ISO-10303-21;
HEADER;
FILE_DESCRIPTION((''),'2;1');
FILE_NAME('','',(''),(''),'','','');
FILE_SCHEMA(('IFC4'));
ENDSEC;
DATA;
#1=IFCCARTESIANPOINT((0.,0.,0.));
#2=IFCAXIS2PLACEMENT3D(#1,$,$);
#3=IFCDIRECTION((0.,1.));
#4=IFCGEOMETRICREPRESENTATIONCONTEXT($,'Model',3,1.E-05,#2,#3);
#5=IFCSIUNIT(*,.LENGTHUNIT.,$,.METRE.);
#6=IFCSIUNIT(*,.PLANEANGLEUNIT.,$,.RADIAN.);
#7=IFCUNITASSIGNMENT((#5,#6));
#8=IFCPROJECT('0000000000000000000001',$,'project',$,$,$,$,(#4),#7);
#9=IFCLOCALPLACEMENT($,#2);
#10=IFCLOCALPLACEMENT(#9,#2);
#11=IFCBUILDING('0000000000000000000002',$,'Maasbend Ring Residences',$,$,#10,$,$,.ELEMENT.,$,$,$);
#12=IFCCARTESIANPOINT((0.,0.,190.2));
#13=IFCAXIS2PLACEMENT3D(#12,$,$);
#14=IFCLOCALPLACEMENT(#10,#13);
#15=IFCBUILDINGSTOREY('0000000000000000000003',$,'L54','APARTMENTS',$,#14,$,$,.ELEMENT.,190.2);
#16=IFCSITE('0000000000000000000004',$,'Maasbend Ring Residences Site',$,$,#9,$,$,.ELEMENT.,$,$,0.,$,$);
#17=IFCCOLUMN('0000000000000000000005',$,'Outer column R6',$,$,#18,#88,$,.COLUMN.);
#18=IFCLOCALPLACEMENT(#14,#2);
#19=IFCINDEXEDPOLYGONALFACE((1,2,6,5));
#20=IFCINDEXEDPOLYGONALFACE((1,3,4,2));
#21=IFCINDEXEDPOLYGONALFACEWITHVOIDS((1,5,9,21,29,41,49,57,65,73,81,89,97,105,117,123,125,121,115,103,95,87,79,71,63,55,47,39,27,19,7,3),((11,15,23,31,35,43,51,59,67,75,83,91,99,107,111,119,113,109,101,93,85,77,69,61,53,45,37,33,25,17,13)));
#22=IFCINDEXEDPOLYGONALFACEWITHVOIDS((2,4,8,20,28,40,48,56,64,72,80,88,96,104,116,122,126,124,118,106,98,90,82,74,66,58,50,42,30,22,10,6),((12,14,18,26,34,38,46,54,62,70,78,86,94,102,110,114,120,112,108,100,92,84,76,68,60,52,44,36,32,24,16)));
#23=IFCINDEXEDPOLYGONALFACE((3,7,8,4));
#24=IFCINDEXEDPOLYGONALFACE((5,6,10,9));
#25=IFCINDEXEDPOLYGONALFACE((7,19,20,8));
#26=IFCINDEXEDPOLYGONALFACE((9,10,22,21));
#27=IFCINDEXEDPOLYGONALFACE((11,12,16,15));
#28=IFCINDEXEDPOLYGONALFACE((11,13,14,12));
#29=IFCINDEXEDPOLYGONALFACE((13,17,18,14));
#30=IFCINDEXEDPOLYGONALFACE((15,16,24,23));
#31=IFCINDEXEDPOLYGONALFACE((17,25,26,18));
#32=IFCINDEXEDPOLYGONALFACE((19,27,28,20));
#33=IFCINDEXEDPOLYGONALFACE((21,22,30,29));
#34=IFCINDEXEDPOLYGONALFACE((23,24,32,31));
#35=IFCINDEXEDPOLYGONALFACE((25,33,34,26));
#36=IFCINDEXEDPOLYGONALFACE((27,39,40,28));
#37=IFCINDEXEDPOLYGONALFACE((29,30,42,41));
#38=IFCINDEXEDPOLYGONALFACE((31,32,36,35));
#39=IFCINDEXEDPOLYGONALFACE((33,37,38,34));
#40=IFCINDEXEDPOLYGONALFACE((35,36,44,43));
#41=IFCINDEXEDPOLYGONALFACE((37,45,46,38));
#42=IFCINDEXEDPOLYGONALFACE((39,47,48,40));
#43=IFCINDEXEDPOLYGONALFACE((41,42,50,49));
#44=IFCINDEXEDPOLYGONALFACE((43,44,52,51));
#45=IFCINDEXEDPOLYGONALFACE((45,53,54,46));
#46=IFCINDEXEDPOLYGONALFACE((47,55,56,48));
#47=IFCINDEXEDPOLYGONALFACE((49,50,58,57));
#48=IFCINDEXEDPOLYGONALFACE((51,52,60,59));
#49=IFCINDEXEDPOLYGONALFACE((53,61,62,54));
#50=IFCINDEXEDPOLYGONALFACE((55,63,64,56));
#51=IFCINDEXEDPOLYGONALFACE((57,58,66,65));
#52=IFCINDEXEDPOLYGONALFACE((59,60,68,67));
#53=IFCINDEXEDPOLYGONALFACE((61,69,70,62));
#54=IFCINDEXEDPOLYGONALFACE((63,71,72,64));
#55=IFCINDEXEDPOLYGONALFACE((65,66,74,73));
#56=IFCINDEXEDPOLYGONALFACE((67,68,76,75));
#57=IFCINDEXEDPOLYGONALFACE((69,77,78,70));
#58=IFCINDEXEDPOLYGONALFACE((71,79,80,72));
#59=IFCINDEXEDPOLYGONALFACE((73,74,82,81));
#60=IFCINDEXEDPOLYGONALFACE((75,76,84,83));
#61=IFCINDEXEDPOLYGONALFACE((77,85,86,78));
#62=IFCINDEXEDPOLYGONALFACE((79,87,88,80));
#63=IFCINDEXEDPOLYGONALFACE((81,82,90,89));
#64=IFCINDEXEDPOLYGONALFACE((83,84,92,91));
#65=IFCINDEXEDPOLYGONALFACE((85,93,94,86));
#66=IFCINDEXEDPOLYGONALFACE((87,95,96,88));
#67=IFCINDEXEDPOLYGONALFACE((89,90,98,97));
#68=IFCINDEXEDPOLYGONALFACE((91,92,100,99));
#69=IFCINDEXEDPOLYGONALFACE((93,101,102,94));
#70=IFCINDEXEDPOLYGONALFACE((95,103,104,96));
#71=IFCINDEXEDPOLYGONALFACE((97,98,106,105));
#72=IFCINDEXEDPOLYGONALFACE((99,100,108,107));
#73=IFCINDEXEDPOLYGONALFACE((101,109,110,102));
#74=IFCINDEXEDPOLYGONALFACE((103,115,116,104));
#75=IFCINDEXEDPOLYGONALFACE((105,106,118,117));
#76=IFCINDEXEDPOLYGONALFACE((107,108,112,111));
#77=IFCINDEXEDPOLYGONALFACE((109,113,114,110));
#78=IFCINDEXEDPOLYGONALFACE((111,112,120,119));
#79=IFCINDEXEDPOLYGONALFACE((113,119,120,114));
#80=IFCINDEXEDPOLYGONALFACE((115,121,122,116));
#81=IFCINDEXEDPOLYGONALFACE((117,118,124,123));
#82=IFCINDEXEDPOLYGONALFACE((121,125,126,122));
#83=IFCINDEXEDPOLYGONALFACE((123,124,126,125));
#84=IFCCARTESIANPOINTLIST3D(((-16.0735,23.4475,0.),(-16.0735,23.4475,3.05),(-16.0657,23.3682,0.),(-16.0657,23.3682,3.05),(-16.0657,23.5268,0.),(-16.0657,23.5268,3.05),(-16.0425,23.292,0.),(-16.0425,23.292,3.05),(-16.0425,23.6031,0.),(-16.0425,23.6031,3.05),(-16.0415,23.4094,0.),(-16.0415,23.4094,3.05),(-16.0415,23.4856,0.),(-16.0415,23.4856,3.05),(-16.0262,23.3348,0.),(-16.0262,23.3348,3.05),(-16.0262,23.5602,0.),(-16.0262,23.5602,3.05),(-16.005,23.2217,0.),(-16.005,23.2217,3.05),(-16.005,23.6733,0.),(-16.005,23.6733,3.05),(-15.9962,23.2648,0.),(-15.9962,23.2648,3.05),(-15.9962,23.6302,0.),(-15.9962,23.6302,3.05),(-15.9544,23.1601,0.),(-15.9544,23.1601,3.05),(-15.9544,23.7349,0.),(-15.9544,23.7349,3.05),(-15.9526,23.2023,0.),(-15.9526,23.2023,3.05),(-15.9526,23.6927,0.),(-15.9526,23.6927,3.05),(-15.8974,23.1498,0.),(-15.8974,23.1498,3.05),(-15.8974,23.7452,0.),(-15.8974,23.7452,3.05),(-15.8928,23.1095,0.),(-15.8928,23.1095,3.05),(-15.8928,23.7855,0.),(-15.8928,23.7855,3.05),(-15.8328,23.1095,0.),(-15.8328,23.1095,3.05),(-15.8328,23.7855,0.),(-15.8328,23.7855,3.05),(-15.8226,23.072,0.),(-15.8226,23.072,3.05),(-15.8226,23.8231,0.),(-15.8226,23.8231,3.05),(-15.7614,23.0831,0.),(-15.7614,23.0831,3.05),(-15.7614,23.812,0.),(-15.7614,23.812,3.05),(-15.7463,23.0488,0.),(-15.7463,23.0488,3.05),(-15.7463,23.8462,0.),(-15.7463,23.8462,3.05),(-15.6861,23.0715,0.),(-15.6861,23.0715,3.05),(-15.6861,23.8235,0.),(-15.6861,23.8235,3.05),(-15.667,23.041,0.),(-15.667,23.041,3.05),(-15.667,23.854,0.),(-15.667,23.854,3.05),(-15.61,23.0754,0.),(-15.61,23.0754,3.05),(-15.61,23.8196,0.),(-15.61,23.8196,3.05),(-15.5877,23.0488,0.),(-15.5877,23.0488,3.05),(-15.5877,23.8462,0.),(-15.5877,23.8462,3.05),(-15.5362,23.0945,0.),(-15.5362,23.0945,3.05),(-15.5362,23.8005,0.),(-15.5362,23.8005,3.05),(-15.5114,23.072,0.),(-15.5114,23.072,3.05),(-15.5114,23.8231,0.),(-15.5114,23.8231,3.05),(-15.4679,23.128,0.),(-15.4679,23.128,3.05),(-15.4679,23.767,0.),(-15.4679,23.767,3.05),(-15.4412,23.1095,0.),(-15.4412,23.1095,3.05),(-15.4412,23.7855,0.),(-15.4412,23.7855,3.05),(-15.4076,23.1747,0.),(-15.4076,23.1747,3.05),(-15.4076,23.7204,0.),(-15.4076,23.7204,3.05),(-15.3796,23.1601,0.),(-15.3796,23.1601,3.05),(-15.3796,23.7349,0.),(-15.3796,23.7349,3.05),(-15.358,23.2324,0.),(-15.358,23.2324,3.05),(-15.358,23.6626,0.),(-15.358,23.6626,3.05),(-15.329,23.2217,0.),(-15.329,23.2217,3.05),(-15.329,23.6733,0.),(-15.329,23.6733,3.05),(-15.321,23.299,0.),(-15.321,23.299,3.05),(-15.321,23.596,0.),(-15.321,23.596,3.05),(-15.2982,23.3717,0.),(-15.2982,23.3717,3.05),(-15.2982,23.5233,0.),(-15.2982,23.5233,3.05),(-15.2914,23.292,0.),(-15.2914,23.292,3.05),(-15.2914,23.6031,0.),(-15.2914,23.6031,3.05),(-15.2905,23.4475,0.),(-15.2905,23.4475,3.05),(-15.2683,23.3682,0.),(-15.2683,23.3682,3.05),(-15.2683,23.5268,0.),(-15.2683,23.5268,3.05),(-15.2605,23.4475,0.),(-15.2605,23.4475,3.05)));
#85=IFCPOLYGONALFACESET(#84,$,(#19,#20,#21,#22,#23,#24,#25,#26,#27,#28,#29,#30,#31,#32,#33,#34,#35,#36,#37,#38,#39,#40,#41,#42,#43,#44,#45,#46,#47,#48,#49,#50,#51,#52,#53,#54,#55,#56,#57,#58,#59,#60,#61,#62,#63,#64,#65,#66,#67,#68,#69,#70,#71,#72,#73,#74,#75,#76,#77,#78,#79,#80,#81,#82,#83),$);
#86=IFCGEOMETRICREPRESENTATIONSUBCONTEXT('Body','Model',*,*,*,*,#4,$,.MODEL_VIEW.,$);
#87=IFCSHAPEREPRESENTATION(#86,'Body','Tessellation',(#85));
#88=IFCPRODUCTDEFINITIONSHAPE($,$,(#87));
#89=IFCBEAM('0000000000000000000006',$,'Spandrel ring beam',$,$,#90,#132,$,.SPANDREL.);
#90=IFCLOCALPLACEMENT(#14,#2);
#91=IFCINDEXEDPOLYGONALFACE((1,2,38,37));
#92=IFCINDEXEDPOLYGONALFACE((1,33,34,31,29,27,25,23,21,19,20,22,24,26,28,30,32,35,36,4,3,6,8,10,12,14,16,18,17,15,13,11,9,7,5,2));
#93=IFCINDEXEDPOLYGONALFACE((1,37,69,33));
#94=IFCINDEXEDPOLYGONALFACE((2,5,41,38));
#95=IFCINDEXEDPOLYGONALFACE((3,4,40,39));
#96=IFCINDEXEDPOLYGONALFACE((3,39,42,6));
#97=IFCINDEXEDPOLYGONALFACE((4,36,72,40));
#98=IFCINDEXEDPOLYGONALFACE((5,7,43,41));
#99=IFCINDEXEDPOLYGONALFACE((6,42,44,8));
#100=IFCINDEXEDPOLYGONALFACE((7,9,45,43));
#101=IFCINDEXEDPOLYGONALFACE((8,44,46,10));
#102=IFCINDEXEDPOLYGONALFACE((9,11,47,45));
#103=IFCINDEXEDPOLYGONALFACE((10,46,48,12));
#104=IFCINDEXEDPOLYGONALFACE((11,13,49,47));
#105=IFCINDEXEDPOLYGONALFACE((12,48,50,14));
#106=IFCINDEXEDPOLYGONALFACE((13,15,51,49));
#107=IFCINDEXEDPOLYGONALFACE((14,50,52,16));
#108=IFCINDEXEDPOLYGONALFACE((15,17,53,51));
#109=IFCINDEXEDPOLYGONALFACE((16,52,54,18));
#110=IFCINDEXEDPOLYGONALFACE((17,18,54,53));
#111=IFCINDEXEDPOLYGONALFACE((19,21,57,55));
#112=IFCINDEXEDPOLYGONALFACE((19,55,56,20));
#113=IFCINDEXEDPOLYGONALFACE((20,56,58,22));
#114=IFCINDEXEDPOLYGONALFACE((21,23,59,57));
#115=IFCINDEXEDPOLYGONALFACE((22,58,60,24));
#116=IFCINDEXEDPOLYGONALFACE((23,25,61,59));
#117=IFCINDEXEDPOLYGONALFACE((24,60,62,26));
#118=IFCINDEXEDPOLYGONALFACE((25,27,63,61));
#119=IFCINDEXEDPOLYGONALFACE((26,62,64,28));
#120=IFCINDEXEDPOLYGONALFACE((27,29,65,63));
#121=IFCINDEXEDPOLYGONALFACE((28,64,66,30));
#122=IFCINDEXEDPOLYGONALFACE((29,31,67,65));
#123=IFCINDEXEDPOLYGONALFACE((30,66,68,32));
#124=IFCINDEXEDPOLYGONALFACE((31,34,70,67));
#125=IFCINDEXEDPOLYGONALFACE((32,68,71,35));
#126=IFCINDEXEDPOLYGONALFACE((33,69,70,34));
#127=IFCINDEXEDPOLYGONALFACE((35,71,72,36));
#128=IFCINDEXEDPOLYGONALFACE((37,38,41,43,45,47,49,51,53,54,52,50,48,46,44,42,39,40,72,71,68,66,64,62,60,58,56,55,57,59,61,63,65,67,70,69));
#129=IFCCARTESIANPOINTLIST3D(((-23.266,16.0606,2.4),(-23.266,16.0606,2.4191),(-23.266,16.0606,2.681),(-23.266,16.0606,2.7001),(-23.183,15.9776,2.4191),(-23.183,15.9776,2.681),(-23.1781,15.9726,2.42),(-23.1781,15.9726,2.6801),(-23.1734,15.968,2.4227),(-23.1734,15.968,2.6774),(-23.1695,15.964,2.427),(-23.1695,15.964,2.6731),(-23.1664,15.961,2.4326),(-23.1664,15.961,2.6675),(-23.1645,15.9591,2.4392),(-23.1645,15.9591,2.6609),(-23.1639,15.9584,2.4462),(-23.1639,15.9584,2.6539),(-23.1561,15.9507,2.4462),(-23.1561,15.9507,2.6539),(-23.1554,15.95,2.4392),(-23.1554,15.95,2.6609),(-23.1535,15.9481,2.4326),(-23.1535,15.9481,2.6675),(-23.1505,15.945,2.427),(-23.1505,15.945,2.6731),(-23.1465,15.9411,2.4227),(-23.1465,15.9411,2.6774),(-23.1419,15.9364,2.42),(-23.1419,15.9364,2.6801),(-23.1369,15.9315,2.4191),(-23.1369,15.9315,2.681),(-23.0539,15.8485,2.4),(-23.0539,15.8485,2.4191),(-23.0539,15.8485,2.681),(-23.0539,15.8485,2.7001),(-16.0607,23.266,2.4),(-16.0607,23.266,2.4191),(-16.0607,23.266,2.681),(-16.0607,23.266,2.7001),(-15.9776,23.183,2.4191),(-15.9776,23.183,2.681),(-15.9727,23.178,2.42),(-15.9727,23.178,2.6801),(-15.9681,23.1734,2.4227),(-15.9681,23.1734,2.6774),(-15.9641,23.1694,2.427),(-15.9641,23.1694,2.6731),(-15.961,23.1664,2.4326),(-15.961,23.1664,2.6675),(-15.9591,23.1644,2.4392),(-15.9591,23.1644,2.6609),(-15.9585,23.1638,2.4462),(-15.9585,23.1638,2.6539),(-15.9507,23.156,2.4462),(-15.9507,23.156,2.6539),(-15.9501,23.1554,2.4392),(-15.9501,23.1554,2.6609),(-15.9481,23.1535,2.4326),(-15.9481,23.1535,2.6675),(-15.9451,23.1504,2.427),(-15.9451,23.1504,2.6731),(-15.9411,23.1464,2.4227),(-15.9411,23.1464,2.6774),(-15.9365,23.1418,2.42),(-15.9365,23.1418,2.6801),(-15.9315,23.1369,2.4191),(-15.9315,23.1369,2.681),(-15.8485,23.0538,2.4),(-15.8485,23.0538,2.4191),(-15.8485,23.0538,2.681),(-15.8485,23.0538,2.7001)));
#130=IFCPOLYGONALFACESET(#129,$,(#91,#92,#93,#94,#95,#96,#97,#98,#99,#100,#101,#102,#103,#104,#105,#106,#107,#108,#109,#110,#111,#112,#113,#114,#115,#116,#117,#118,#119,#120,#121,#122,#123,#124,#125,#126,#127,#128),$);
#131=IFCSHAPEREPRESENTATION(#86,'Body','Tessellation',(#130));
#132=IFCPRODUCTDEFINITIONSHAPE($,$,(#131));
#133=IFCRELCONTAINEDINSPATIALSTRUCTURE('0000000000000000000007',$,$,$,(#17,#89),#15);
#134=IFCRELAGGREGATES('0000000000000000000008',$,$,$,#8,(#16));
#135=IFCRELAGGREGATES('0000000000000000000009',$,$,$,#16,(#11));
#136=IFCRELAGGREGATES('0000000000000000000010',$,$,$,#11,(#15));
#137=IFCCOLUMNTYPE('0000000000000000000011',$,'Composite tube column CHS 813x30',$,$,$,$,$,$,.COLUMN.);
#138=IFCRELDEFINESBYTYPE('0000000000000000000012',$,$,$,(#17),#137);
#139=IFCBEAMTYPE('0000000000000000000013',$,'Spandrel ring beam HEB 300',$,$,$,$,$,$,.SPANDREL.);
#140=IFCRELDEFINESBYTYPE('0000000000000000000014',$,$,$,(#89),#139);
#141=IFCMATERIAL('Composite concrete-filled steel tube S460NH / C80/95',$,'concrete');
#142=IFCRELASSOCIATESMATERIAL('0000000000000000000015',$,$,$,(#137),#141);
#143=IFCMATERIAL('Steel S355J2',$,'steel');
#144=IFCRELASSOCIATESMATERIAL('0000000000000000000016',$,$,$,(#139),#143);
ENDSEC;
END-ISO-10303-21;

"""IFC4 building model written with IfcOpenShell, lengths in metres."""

from ifc_helpers import new_model, si_unit, direction, frame, origin, origin_2d, place, context, subcontext, project, spatial, hollow_circle, i_section, extrude, material, material_profile, profile_set, type_object, element, save


model = new_model("IFC4")

# Units and contexts
model_context = context("Model", 3, precision=1e-05, world=origin(), true_north=direction((0.0, 1.0)))
body_context = subcontext(model_context, "Body", "Model", "MODEL_VIEW")
ifc_project = project(units=[si_unit("LENGTHUNIT", "METRE"), si_unit("PLANEANGLEUNIT", "RADIAN")], contexts=[model_context])

# Site, building, storey
site_placement = place(None, origin())
site = spatial("IfcSite", under=ifc_project, at=site_placement, Name="Maasbend Ring Residences Site", CompositionType="ELEMENT", RefElevation=0.0)
building_placement = place(site_placement, origin())
building = spatial("IfcBuilding", under=site, at=building_placement, Name="Maasbend Ring Residences", CompositionType="ELEMENT")
storey_placement = place(building_placement, frame((0.0, 0.0, 190.2)))
storey = spatial("IfcBuildingStorey", under=building, at=storey_placement, Name="L54", Description="APARTMENTS", CompositionType="ELEMENT", Elevation=190.2)

# Column
ifc_material_1 = material(Name="Composite concrete-filled steel tube S460NH / C80/95", Category="concrete")
ifc_material_profile_1 = material_profile(ifc_material_1, hollow_circle(Radius=0.4065, WallThickness=0.03, at=origin_2d()), Name="Composite tube column CHS 813x30")
ifc_profile_set_1 = profile_set([ifc_material_profile_1], Name="Composite concrete-filled steel tube S460NH / C80/95")
column_type = type_object("IfcColumnType", Name="Composite tube column CHS 813x30", PredefinedType="COLUMN", material=ifc_profile_set_1)
column_placement = place(storey_placement, frame((-15.667, 23.4475, 0.0), z_axis=(0.0, 0.0, 1.0), x_axis=(1.0, 0.0, 0.0)))
element("IfcColumn", 1, at=column_placement, inside=storey, type_object=column_type, Name="Outer column R6", PredefinedType="COLUMN", context=body_context, shape_type="SweptSolid", body=[
    extrude(hollow_circle(Radius=0.4065, WallThickness=0.03, at=origin_2d()), origin(), (0.0, 0.0, 1.0), 3.05),
])

# Beam
ifc_material_2 = material(Name="Steel S355J2", Category="steel")
ifc_material_profile_2 = material_profile(ifc_material_2, i_section(OverallWidth=0.3, OverallDepth=0.3, WebThickness=0.011, FlangeThickness=0.019, FilletRadius=0.0271, at=origin_2d()), Name="HEB 300")
ifc_profile_set_2 = profile_set([ifc_material_profile_2], Name="Steel S355J2")
beam_type = type_object("IfcBeamType", Name="Spandrel ring beam HEB 300", PredefinedType="SPANDREL", material=ifc_profile_set_2)
beam_placement = place(storey_placement, frame((-15.9546, 23.1599, 2.55), z_axis=(-0.707107, -0.707107, 0.0), x_axis=(0.707107, -0.707107, 0.0)))
element("IfcBeam", 2, at=beam_placement, inside=storey, type_object=beam_type, Name="Spandrel ring beam", PredefinedType="SPANDREL", context=body_context, shape_type="SweptSolid", body=[
    extrude(i_section(OverallWidth=0.3, OverallDepth=0.3, WebThickness=0.011, FlangeThickness=0.019, FilletRadius=0.0271, at=origin_2d()), origin(), (0.0, 0.0, 1.0), 10.1899),
])

save(model, "model.ifc")
